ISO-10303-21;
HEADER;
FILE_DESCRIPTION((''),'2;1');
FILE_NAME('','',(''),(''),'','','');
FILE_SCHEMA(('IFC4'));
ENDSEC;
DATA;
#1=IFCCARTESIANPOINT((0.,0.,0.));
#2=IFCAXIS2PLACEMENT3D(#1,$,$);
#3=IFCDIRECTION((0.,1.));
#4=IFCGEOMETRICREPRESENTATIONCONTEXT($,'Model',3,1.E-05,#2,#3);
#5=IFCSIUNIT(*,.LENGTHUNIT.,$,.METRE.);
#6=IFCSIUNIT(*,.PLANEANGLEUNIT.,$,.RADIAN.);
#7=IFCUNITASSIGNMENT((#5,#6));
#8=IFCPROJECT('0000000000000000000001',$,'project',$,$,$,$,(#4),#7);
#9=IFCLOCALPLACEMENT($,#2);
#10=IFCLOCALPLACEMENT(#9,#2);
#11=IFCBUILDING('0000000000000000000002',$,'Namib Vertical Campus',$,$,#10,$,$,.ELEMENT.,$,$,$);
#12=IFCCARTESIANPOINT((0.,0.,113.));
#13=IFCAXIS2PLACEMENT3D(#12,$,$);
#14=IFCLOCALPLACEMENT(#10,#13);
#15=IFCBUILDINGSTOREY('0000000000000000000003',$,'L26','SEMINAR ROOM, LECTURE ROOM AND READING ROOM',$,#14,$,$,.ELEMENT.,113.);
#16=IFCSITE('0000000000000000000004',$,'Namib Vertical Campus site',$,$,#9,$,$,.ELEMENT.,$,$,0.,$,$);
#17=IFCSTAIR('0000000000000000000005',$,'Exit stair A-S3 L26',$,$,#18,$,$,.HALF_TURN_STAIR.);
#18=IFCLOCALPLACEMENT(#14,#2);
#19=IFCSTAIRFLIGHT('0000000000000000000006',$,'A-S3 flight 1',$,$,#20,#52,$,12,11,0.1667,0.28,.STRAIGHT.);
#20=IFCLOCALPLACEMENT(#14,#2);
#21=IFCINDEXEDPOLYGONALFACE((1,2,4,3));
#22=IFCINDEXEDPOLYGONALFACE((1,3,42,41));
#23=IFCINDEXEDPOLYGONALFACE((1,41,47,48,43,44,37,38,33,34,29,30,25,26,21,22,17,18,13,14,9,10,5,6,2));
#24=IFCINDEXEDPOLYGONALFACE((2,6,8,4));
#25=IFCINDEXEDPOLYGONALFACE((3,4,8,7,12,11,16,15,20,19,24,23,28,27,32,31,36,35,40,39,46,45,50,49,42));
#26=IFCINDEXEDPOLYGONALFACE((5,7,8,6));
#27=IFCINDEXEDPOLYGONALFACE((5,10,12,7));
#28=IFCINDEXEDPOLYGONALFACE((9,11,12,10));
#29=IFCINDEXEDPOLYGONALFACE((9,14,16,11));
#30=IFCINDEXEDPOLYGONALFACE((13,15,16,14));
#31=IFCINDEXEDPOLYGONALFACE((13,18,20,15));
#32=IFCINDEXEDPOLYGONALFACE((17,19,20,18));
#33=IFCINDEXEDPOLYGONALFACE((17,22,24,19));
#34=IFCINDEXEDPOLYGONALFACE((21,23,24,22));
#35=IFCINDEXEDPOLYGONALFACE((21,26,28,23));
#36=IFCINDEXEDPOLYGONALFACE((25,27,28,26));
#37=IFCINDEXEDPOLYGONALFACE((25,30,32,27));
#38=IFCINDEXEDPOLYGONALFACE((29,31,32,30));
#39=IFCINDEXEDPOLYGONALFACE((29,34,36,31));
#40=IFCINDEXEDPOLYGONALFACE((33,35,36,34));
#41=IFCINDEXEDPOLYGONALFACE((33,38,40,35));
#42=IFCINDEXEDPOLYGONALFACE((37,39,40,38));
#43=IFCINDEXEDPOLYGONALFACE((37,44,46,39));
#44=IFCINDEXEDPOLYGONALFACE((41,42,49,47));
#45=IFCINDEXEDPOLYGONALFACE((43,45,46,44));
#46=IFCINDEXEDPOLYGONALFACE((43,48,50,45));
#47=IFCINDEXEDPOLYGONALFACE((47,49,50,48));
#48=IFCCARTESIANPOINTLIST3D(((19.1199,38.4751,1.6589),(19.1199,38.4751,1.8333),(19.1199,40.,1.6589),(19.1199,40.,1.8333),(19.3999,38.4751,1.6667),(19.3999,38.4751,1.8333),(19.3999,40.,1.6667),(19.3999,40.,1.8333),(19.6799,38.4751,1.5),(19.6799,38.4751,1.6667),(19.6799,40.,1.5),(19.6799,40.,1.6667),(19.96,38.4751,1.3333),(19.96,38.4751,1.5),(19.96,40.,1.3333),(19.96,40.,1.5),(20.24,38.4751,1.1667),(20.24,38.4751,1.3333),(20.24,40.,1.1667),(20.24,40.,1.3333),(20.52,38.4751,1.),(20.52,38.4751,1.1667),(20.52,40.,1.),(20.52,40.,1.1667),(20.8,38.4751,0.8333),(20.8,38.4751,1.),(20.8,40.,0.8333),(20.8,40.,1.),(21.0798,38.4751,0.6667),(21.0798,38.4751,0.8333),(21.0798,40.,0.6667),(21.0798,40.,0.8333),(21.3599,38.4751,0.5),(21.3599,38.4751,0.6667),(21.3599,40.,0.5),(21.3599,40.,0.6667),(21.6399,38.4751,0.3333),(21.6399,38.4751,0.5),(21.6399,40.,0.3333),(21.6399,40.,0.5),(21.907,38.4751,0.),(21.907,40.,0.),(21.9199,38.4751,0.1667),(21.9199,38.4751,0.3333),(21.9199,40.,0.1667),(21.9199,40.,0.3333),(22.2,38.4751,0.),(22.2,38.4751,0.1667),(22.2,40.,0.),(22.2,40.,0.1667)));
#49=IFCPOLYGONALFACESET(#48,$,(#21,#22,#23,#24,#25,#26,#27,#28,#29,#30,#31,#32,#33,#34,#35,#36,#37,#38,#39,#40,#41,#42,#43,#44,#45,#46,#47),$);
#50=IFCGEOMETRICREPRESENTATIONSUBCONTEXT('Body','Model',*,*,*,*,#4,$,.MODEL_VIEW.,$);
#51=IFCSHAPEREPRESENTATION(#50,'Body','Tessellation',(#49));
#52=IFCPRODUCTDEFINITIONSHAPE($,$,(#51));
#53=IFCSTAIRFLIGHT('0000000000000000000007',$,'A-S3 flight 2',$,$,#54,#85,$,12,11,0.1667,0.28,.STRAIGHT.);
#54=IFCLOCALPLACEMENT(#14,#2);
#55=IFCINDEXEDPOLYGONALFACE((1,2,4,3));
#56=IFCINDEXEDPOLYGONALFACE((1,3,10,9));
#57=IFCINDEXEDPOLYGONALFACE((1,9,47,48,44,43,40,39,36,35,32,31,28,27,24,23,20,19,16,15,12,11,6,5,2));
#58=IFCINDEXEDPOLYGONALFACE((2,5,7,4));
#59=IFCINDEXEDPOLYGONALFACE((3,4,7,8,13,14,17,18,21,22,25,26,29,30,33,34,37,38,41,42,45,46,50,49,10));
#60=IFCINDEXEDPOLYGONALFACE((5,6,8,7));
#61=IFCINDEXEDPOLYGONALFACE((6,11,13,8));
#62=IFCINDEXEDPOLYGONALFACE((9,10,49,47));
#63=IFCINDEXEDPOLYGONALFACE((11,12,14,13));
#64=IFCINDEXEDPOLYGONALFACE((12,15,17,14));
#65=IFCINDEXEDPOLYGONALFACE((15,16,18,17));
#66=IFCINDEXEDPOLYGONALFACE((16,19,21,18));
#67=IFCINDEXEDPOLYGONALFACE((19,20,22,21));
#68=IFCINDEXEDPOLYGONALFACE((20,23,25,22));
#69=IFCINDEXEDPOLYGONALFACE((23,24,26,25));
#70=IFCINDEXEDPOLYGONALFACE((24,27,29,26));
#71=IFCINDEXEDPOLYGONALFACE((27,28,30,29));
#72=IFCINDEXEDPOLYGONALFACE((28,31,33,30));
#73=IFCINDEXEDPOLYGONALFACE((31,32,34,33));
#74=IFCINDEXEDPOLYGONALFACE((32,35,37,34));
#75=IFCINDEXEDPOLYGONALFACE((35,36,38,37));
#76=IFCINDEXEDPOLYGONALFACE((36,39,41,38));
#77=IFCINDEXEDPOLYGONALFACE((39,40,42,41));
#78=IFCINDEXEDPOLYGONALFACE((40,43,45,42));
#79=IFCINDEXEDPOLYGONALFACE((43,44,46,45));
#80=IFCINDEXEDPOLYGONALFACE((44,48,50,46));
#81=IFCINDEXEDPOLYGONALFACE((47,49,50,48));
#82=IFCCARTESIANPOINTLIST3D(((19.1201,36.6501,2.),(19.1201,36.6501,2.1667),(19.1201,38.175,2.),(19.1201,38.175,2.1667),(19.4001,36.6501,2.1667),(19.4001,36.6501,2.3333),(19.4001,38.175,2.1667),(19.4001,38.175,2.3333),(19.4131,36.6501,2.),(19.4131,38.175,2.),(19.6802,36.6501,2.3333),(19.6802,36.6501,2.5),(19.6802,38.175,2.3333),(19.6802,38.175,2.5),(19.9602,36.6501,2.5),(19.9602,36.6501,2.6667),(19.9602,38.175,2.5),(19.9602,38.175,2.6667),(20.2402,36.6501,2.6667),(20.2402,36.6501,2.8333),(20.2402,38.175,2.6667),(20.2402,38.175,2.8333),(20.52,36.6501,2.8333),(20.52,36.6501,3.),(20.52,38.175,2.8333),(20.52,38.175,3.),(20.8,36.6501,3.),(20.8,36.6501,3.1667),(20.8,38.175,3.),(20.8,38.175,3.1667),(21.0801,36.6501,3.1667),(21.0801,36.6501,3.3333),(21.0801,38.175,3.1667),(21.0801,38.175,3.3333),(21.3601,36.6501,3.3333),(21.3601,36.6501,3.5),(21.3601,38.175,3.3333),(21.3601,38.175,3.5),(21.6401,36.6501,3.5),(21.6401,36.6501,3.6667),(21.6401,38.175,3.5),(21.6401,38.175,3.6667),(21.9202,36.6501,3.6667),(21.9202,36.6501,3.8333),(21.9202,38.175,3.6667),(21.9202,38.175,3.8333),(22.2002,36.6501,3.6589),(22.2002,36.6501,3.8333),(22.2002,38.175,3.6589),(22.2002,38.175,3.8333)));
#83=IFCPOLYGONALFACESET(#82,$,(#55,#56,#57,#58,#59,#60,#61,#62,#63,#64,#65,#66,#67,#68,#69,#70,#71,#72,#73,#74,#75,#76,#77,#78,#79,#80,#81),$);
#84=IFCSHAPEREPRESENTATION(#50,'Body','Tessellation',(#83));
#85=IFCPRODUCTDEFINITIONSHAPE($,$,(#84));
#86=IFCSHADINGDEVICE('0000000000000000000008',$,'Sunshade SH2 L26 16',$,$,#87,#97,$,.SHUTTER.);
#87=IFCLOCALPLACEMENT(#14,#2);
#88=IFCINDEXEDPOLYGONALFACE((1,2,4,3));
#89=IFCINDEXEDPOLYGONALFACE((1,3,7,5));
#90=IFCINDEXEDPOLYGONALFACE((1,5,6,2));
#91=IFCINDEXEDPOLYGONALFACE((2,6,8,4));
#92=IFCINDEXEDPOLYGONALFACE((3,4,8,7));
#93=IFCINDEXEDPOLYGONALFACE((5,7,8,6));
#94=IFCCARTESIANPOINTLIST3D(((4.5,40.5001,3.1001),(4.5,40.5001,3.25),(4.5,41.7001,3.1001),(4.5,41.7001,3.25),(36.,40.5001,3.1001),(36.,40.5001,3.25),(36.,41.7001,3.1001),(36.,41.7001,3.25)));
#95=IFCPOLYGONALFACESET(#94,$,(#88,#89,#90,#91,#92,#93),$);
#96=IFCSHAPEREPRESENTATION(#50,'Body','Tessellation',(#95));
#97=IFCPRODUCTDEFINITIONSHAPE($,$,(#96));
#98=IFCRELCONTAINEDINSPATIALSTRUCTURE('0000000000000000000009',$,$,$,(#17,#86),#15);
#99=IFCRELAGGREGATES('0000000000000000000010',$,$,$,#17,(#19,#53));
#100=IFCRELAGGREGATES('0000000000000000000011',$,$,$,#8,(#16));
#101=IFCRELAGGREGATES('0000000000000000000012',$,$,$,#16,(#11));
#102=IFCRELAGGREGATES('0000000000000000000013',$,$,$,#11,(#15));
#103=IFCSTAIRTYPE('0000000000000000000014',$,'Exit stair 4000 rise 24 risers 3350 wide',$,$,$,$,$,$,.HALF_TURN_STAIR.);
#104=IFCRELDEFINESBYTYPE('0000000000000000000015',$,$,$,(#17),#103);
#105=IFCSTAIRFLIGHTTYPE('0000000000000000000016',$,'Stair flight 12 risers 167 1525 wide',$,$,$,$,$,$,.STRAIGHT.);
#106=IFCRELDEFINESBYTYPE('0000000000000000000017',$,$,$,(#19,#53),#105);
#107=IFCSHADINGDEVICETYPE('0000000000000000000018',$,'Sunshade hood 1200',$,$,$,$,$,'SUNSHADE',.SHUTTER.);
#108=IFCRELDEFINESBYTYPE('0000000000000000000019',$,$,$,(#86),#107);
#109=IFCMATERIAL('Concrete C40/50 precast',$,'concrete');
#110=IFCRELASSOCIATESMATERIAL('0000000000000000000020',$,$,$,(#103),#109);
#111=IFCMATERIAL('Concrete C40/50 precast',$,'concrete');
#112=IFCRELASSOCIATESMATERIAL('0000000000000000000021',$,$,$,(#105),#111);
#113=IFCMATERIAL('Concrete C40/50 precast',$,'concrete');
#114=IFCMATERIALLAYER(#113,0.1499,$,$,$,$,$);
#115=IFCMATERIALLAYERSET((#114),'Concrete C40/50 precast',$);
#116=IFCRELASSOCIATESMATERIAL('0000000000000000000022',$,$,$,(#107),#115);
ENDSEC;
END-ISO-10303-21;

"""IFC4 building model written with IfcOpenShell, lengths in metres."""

from ifc_helpers import new_model, si_unit, direction, frame, origin, origin_2d, place, context, subcontext, project, spatial, polyline, rectangle, outline, extrude, material, layer, layer_set, type_object, element, aggregate, save


model = new_model("IFC4")

# Units and contexts
model_context = context("Model", 3, precision=1e-05, world=origin(), true_north=direction((0.0, 1.0)))
body_context = subcontext(model_context, "Body", "Model", "MODEL_VIEW")
ifc_project = project(units=[si_unit("LENGTHUNIT", "METRE"), si_unit("PLANEANGLEUNIT", "RADIAN")], contexts=[model_context])

# Site, building, storey
site_placement = place(None, origin())
site = spatial("IfcSite", under=ifc_project, at=site_placement, Name="Namib Vertical Campus site", CompositionType="ELEMENT", RefElevation=0.0)
building_placement = place(site_placement, origin())
building = spatial("IfcBuilding", under=site, at=building_placement, Name="Namib Vertical Campus", CompositionType="ELEMENT")
storey_placement = place(building_placement, frame((0.0, 0.0, 113.0)))
storey = spatial("IfcBuildingStorey", under=building, at=storey_placement, Name="L26", Description="SEMINAR ROOM, LECTURE ROOM AND READING ROOM", CompositionType="ELEMENT", Elevation=113.0)

# Stair, stair flights
ifc_material_1 = material(Name="Concrete C40/50 precast", Category="concrete")
stair_type = type_object("IfcStairType", Name="Exit stair 4000 rise 24 risers 3350 wide", PredefinedType="HALF_TURN_STAIR", material=ifc_material_1)
stair_placement = place(storey_placement, origin())
stair = element("IfcStair", 1, at=stair_placement, inside=storey, type_object=stair_type, Name="Exit stair A-S3 L26", PredefinedType="HALF_TURN_STAIR")
ifc_material_2 = material(Name="Concrete C40/50 precast", Category="concrete")
stair_flight_type = type_object("IfcStairFlightType", Name="Stair flight 12 risers 167 1525 wide", PredefinedType="STRAIGHT", material=ifc_material_2)
stair_flight_1_placement = place(storey_placement, frame((22.2, 39.2375, 0.0), z_axis=(0.0, 0.0, 1.0), x_axis=(-1.0, 0.0, 0.0)))
stair_flight_1 = element("IfcStairFlight", 2, at=stair_flight_1_placement, type_object=stair_flight_type, Name="A-S3 flight 1", NumberOfRisers=12, NumberOfTreads=11, PredefinedType="STRAIGHT", RiserHeight=0.1667, TreadLength=0.28, context=body_context, shape_type="SweptSolid", body=[
    extrude(outline(polyline([(0.0, 0.0), (0.0, 0.1667), (0.28, 0.1667), (0.28, 0.3333), (0.5601, 0.3333), (0.5601, 0.5), (0.8401, 0.5), (0.8401, 0.6667), (1.1201, 0.6667), (1.1201, 0.8333), (1.3999, 0.8333), (1.3999, 1.0), (1.6799, 1.0), (1.6799, 1.1667), (1.96, 1.1667), (1.96, 1.3333), (2.24, 1.3333), (2.24, 1.5), (2.52, 1.5), (2.52, 1.6667), (2.8, 1.6667), (2.8, 1.8333), (3.0801, 1.8333), (3.0801, 2.0), (3.0801, 1.6589), (0.293, 0.0), (0.0, 0.0)])), frame((0.0, 0.7625, 0.0), z_axis=(0.0, -1.0, 0.0), x_axis=(1.0, 0.0, 0.0)), (0.0, 0.0, 1.0), 1.5249),
])
stair_flight_2_placement = place(storey_placement, frame((19.1201, 37.4126, 2.0), z_axis=(0.0, 0.0, 1.0), x_axis=(1.0, 0.0, 0.0)))
stair_flight_2 = element("IfcStairFlight", 3, at=stair_flight_2_placement, type_object=stair_flight_type, Name="A-S3 flight 2", NumberOfRisers=12, NumberOfTreads=11, PredefinedType="STRAIGHT", RiserHeight=0.1667, TreadLength=0.28, context=body_context, shape_type="SweptSolid", body=[
    extrude(outline(polyline([(0.0, 0.0), (0.0, 0.1667), (0.28, 0.1667), (0.28, 0.3333), (0.5601, 0.3333), (0.5601, 0.5), (0.8401, 0.5), (0.8401, 0.6667), (1.1201, 0.6667), (1.1201, 0.8333), (1.3999, 0.8333), (1.3999, 1.0), (1.6799, 1.0), (1.6799, 1.1667), (1.96, 1.1667), (1.96, 1.3333), (2.24, 1.3333), (2.24, 1.5), (2.52, 1.5), (2.52, 1.6667), (2.8, 1.6667), (2.8, 1.8333), (3.0801, 1.8333), (3.0801, 2.0), (3.0801, 1.6589), (0.293, 0.0), (0.0, 0.0)])), frame((0.0, 0.7625, 0.0), z_axis=(0.0, -1.0, 0.0), x_axis=(1.0, 0.0, 0.0)), (0.0, 0.0, 1.0), 1.5249),
])
aggregate(stair, [stair_flight_1, stair_flight_2])

# Shading device
ifc_material_3 = material(Name="Concrete C40/50 precast", Category="concrete")
ifc_layer_1 = layer(ifc_material_3, 0.1499)
ifc_layer_set_1 = layer_set([ifc_layer_1], Name="Concrete C40/50 precast")
shading_device_type = type_object("IfcShadingDeviceType", Name="Sunshade hood 1200", ElementType="SUNSHADE", PredefinedType="SHUTTER", material=ifc_layer_set_1)
shading_device_placement = place(storey_placement, frame((20.25, 41.1001, 3.1001), z_axis=(0.0, 0.0, 1.0), x_axis=(-1.0, 0.0, 0.0)))
element("IfcShadingDevice", 4, at=shading_device_placement, inside=storey, type_object=shading_device_type, Name="Sunshade SH2 L26 16", PredefinedType="SHUTTER", context=body_context, shape_type="SweptSolid", body=[
    extrude(rectangle(XDim=31.5, YDim=1.2, at=origin_2d()), origin(), (0.0, 0.0, 1.0), 0.1499),
])

save(model, "model.ifc")
